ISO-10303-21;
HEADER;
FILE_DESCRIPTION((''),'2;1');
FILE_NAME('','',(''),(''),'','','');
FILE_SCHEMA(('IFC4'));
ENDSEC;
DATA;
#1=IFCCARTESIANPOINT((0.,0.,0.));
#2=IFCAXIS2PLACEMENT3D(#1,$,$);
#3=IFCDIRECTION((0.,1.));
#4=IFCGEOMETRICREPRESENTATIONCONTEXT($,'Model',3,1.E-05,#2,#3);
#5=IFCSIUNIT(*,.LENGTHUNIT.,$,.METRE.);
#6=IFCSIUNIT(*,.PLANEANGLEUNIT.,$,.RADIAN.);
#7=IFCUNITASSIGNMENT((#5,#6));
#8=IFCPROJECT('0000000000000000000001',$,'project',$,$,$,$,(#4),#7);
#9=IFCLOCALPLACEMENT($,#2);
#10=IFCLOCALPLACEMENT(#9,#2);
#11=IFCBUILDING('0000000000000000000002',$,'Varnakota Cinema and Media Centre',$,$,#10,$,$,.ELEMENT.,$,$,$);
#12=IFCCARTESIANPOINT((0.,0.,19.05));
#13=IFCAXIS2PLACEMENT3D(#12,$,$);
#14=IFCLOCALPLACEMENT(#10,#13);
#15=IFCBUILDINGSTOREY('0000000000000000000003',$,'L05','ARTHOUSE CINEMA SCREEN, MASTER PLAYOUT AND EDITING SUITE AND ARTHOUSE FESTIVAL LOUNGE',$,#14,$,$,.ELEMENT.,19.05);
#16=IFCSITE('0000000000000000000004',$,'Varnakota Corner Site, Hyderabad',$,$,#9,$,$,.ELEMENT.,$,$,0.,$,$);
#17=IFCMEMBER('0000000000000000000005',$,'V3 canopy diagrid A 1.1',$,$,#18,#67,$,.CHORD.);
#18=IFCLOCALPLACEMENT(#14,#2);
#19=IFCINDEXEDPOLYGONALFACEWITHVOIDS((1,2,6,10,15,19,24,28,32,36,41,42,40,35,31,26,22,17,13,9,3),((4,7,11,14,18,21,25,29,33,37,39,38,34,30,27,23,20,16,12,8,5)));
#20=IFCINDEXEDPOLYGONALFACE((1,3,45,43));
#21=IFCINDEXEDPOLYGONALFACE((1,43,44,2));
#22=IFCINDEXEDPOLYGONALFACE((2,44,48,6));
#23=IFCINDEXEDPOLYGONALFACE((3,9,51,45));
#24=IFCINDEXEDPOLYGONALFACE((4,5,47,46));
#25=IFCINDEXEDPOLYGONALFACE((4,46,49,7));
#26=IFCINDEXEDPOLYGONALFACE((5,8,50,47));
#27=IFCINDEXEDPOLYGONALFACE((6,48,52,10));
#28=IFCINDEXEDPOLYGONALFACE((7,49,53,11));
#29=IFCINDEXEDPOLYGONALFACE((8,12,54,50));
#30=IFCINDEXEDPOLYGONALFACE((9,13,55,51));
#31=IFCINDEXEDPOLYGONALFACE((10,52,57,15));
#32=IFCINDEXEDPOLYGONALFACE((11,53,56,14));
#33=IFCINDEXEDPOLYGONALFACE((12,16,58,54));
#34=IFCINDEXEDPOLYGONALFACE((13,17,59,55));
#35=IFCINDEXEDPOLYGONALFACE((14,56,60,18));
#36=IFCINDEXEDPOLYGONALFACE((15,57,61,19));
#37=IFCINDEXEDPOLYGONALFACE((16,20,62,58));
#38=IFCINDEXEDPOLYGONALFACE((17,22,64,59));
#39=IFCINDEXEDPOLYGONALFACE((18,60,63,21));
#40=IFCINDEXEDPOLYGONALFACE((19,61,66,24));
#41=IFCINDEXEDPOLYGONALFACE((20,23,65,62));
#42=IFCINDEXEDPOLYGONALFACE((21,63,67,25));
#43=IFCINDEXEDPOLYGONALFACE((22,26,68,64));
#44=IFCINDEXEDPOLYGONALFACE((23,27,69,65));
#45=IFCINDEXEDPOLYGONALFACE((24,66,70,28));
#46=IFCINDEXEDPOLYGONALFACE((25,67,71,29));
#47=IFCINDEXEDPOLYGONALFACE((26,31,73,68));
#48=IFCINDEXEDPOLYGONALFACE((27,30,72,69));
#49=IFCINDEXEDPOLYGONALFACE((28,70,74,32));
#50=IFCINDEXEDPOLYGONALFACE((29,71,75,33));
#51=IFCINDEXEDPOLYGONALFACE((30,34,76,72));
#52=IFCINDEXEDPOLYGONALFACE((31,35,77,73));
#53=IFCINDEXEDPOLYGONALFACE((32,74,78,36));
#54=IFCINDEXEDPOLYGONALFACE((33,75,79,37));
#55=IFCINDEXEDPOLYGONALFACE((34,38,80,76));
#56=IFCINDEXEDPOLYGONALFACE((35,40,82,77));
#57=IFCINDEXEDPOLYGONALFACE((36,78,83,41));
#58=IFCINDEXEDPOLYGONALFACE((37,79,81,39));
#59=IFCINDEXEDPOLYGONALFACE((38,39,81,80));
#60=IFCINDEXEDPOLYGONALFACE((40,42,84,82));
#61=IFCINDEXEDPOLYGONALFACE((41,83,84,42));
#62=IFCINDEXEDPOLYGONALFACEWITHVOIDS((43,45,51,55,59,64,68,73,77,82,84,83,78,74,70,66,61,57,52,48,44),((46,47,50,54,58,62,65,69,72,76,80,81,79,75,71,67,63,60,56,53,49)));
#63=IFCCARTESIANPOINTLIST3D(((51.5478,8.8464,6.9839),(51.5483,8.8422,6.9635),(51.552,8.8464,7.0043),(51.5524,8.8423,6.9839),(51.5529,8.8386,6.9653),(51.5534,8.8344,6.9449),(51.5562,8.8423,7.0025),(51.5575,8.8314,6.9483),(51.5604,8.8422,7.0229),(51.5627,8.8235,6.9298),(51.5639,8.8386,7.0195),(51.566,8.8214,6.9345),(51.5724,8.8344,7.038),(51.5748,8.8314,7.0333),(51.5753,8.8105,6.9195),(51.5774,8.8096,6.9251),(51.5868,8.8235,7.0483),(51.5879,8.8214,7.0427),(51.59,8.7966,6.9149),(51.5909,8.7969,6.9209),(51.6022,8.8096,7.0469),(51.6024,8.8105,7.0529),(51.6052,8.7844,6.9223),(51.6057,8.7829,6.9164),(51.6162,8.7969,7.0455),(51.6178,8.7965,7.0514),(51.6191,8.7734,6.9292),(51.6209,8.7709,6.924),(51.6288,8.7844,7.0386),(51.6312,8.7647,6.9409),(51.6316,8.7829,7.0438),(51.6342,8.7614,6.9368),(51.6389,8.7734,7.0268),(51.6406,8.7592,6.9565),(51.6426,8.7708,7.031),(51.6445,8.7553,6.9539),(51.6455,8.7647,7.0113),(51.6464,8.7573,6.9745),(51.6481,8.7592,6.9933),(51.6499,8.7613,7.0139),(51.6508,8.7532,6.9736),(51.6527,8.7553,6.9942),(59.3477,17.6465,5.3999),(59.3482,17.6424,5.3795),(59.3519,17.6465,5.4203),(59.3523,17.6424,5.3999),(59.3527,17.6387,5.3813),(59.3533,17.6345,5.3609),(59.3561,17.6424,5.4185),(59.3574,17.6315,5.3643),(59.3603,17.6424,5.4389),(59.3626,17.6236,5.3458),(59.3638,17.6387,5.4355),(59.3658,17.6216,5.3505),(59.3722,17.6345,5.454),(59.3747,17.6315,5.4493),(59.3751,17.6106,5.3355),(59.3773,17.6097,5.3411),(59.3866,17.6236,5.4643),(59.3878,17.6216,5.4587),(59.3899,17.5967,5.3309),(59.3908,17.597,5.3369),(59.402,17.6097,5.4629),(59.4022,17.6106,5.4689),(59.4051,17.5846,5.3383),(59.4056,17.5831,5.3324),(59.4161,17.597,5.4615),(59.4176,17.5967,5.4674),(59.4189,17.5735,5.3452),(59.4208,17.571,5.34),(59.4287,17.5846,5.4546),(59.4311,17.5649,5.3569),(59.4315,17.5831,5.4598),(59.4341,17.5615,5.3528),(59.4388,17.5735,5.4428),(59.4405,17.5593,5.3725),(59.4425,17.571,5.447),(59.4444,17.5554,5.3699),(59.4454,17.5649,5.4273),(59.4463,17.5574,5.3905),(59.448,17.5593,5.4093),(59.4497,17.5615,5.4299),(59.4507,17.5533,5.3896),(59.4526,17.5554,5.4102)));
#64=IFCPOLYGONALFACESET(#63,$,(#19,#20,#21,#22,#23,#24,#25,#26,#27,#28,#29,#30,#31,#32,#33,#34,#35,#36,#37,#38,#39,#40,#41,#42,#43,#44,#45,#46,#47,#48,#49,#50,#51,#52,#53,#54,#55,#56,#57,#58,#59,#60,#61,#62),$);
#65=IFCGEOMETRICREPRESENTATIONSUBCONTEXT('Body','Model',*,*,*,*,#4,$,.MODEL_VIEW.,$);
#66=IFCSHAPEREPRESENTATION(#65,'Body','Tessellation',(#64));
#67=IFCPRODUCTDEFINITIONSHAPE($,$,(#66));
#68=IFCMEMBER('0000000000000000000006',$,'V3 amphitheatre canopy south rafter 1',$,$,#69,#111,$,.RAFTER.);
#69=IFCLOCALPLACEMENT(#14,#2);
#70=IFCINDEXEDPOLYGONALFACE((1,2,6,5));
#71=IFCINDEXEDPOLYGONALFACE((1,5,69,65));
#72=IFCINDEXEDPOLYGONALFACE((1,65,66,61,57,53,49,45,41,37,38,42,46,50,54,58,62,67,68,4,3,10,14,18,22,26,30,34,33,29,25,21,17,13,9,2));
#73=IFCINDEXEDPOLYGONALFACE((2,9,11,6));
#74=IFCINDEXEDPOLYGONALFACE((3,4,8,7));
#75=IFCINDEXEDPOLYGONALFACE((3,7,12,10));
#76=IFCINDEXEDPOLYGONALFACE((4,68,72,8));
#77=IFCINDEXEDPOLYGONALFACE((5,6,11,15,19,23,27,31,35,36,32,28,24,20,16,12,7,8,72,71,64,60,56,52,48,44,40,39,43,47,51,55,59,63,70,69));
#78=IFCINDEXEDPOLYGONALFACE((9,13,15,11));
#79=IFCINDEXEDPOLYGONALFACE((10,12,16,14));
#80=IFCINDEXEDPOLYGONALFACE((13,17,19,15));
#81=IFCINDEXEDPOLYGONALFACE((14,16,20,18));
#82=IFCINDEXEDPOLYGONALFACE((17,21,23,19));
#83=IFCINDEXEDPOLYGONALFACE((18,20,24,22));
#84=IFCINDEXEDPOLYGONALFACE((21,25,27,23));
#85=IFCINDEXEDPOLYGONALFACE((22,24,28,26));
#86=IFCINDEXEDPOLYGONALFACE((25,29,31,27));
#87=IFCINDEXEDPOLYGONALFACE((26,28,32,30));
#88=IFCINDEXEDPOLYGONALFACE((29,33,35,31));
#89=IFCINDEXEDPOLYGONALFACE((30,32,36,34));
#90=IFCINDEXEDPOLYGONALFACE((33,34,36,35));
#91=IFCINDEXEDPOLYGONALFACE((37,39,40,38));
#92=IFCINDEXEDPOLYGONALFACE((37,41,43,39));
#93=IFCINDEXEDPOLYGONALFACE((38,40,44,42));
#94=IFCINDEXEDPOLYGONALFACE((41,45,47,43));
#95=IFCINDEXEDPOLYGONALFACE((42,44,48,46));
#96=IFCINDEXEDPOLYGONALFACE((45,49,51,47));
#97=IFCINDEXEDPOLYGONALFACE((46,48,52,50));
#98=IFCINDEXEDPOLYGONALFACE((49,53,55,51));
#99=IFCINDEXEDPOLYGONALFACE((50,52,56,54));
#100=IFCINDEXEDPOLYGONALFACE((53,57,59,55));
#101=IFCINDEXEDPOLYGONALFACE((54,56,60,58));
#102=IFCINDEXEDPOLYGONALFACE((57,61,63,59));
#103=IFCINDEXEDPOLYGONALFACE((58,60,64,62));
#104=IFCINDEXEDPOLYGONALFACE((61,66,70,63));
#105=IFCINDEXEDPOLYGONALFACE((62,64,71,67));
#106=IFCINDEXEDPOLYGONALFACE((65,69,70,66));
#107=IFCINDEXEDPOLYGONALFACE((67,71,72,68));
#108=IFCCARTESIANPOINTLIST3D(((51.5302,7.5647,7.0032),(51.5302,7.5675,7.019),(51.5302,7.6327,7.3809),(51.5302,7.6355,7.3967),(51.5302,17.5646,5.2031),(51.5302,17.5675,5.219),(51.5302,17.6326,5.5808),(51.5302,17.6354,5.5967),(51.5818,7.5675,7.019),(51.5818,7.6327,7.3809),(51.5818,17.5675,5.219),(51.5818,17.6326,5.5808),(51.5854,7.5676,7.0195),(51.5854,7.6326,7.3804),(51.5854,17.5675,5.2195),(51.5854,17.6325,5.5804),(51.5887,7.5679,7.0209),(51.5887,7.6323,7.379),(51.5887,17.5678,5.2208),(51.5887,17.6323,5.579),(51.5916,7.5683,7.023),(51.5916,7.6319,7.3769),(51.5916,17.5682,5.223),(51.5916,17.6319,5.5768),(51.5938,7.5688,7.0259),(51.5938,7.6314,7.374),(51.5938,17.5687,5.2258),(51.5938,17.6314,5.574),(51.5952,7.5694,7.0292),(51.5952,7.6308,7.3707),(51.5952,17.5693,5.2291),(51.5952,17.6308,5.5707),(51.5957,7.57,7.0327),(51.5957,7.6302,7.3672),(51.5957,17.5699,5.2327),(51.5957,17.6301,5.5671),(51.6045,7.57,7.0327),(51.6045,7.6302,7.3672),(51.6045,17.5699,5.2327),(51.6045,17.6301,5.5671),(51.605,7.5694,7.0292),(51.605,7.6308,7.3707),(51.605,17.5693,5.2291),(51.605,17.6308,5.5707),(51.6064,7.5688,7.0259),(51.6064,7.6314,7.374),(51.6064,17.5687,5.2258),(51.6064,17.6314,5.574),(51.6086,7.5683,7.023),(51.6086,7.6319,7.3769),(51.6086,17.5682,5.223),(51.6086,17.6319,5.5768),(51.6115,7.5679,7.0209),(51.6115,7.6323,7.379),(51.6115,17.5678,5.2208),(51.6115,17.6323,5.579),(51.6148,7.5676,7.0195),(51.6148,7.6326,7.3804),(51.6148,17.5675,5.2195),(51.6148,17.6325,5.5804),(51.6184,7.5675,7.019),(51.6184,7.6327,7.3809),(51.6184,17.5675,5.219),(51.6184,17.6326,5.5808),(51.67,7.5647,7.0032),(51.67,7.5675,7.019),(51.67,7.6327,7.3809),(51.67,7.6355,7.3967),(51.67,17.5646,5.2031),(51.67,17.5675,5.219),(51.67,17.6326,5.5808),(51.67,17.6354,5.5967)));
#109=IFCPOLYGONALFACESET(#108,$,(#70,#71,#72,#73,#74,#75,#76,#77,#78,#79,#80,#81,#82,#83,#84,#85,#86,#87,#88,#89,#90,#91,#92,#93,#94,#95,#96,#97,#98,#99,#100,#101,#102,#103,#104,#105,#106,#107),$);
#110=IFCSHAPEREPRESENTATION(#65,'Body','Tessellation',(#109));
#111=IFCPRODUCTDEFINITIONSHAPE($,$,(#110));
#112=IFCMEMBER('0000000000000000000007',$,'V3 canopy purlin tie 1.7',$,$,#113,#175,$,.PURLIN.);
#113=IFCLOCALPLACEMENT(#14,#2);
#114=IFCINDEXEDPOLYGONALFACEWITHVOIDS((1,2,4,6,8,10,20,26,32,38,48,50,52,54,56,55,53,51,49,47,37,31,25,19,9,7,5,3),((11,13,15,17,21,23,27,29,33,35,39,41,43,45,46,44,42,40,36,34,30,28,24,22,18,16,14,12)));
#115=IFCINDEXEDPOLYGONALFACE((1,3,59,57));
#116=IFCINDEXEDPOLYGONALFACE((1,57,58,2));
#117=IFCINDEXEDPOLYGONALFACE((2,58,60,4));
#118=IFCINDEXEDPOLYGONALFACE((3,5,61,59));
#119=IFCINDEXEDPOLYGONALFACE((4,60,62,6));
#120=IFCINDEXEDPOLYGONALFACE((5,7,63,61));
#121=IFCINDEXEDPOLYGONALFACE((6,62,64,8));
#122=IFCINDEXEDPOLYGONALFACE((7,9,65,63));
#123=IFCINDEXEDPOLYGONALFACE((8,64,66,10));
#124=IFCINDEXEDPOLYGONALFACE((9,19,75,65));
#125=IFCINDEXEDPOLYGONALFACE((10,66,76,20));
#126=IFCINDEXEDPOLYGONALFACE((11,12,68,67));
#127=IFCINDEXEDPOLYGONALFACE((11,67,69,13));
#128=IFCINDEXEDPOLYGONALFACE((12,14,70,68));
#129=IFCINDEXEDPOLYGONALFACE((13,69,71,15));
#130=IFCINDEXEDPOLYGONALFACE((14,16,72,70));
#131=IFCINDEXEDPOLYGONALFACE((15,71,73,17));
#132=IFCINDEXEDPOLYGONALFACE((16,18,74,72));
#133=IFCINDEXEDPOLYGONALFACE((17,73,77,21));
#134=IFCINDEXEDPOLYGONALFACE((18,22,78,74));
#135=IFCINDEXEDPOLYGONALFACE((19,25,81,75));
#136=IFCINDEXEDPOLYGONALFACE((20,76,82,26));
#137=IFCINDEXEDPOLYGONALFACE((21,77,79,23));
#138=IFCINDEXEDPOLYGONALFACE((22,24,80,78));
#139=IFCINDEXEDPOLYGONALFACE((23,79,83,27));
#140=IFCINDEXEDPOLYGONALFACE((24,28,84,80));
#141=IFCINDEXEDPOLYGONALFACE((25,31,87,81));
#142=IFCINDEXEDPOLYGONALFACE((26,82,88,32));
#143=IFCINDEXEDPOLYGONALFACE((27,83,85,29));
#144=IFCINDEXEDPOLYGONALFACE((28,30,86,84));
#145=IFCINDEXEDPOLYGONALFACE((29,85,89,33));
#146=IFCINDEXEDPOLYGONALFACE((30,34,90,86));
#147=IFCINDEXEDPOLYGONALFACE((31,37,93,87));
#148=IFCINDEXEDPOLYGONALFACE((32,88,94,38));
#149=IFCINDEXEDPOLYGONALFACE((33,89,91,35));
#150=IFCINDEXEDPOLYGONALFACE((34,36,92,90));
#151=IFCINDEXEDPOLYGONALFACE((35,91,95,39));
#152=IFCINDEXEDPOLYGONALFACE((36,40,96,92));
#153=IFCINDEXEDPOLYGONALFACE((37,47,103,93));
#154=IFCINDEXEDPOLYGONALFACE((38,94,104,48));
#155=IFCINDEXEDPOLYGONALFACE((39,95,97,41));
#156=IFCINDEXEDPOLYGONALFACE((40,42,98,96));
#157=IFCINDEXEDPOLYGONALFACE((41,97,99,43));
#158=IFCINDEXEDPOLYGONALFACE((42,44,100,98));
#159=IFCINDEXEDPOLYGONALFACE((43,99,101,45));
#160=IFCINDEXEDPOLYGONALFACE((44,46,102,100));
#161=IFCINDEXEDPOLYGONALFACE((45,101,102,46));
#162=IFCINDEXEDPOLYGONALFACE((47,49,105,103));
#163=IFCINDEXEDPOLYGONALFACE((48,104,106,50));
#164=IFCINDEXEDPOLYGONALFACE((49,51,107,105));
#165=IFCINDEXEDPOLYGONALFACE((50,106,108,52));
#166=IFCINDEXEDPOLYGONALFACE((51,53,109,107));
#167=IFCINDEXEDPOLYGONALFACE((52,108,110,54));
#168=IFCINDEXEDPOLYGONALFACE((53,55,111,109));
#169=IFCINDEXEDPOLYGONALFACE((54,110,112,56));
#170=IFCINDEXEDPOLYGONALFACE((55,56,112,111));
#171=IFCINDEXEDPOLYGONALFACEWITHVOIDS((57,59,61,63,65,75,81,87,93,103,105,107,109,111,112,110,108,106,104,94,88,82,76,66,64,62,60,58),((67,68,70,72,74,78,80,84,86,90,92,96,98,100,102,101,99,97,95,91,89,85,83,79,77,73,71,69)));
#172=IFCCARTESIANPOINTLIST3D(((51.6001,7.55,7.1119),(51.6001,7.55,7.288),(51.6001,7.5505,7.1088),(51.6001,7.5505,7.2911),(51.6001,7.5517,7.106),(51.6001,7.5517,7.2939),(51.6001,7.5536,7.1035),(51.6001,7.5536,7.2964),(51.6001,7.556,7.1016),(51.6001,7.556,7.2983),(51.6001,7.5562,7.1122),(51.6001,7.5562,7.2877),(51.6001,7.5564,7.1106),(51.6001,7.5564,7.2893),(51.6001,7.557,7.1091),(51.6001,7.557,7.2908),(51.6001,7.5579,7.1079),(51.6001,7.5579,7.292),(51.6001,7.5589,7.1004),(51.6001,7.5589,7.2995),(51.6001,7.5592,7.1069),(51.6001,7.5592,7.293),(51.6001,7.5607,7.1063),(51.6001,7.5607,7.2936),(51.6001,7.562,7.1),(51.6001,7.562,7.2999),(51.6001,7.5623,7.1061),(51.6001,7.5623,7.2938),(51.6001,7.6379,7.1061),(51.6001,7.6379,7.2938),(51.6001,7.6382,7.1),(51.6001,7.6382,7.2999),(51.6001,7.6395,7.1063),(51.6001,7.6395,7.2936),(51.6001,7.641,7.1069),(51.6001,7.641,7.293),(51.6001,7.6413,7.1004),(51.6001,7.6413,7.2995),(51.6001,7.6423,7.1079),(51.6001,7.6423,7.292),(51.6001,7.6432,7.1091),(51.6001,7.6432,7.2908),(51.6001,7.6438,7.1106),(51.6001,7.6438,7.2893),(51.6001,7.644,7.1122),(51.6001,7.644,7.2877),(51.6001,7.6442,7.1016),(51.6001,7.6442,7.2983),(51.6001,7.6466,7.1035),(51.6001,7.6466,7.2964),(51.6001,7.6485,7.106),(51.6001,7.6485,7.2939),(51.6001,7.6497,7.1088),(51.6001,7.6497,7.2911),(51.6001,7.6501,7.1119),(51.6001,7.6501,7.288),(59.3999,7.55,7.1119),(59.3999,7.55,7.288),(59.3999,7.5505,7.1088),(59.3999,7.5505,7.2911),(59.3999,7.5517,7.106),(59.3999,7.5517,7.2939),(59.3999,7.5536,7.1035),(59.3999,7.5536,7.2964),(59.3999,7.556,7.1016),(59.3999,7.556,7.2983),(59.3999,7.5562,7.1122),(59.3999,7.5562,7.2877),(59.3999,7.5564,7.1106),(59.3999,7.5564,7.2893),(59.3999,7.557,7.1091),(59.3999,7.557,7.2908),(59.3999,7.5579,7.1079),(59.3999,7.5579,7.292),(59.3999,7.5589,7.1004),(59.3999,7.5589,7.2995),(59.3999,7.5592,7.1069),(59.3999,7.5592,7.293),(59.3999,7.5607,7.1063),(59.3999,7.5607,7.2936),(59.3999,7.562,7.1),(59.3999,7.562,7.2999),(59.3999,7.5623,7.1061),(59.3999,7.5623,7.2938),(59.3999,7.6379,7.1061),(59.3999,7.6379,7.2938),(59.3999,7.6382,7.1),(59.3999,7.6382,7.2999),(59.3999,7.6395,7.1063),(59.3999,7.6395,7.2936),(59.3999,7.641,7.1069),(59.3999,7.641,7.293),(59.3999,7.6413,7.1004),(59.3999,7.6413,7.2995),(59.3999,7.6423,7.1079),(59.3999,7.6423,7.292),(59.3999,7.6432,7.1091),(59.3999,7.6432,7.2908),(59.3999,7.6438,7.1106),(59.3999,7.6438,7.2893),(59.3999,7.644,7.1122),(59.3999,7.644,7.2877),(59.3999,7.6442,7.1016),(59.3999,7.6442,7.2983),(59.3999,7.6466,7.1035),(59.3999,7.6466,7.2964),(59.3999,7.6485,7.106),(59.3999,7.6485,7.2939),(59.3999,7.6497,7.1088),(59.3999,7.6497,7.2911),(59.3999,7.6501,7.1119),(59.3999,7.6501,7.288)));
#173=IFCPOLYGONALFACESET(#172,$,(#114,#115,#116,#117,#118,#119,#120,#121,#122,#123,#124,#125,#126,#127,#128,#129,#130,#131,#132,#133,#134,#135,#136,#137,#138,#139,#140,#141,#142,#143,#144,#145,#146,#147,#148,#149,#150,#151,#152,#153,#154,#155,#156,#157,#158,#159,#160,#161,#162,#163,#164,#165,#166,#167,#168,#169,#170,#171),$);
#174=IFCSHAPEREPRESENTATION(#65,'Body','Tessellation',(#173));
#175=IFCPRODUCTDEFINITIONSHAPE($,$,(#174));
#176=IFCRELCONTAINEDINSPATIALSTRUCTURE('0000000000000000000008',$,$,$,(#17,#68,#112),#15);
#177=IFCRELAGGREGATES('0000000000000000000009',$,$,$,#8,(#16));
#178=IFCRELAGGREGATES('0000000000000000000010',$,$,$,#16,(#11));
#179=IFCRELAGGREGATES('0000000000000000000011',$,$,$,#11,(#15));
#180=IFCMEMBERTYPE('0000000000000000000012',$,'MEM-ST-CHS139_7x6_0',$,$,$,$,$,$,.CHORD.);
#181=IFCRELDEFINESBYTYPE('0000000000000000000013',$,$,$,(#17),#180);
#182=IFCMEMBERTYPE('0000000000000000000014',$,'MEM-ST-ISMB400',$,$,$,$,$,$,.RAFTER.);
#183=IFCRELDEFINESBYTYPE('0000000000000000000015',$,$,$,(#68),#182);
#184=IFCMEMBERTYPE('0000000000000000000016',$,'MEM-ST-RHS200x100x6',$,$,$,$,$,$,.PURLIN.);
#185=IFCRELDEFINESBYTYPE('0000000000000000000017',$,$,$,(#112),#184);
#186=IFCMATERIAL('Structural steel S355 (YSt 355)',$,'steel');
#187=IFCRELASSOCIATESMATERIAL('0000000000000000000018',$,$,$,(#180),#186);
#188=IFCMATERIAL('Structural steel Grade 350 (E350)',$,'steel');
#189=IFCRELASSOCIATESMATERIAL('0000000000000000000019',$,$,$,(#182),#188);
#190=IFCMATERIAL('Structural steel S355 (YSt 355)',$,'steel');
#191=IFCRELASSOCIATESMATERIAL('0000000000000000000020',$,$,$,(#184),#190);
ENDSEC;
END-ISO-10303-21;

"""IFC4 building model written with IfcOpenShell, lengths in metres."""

from ifc_helpers import new_model, si_unit, direction, frame, origin, origin_2d, place, context, subcontext, project, spatial, hollow_rectangle, hollow_circle, i_section, extrude, material, material_profile, profile_set, type_object, element, save


model = new_model("IFC4")

# Units and contexts
model_context = context("Model", 3, precision=1e-05, world=origin(), true_north=direction((0.0, 1.0)))
body_context = subcontext(model_context, "Body", "Model", "MODEL_VIEW")
ifc_project = project(units=[si_unit("LENGTHUNIT", "METRE"), si_unit("PLANEANGLEUNIT", "RADIAN")], contexts=[model_context])

# Site, building, storey
site_placement = place(None, origin())
site = spatial("IfcSite", under=ifc_project, at=site_placement, Name="Varnakota Corner Site, Hyderabad", CompositionType="ELEMENT", RefElevation=0.0)
building_placement = place(site_placement, origin())
building = spatial("IfcBuilding", under=site, at=building_placement, Name="Varnakota Cinema and Media Centre", CompositionType="ELEMENT")
storey_placement = place(building_placement, frame((0.0, 0.0, 19.05)))
storey = spatial("IfcBuildingStorey", under=building, at=storey_placement, Name="L05", Description="ARTHOUSE CINEMA SCREEN, MASTER PLAYOUT AND EDITING SUITE AND ARTHOUSE FESTIVAL LOUNGE", CompositionType="ELEMENT", Elevation=19.05)

# Members
ifc_material_1 = material(Name="Structural steel S355 (YSt 355)", Category="steel")
ifc_material_profile_1 = material_profile(ifc_material_1, hollow_circle(Radius=0.0698, WallThickness=0.0061, at=origin_2d()), Name="CHS 139.7x6.0")
ifc_profile_set_1 = profile_set([ifc_material_profile_1], Name="Structural steel S355 (YSt 355)")
member_type_1 = type_object("IfcMemberType", Name="MEM-ST-CHS139_7x6_0", PredefinedType="CHORD", material=ifc_profile_set_1)
member_1_placement = place(storey_placement, frame((51.6001, 8.8, 6.9839), z_axis=(0.657359, 0.741659, -0.133497), x_axis=(-0.748357, 0.663296, 0.0)))
element("IfcMember", 1, at=member_1_placement, inside=storey, type_object=member_type_1, Name="V3 canopy diagrid A 1.1", PredefinedType="CHORD", context=body_context, shape_type="SweptSolid", body=[
    extrude(hollow_circle(Radius=0.0698, WallThickness=0.0061, at=origin_2d()), origin(), (0.0, 0.0, 1.0), 11.8655),
])
ifc_material_2 = material(Name="Structural steel Grade 350 (E350)", Category="steel")
ifc_material_profile_2 = material_profile(ifc_material_2, i_section(OverallWidth=0.1399, OverallDepth=0.3999, WebThickness=0.0088, FlangeThickness=0.0161, FilletRadius=0.0139, at=origin_2d()), Name="ISMB 400")
ifc_profile_set_2 = profile_set([ifc_material_profile_2], Name="Structural steel Grade 350 (E350)")
member_type_2 = type_object("IfcMemberType", Name="MEM-ST-ISMB400", PredefinedType="RAFTER", material=ifc_profile_set_2)
member_2_placement = place(storey_placement, frame((51.6001, 7.6001, 7.2), z_axis=(0.0, 0.984182, -0.177158), x_axis=(-1.0, 0.0, 0.0)))
element("IfcMember", 2, at=member_2_placement, inside=storey, type_object=member_type_2, Name="V3 amphitheatre canopy south rafter 1", PredefinedType="RAFTER", context=body_context, shape_type="SweptSolid", body=[
    extrude(i_section(OverallWidth=0.1399, OverallDepth=0.3999, WebThickness=0.0088, FlangeThickness=0.0161, FilletRadius=0.0139, at=origin_2d()), origin(), (0.0, 0.0, 1.0), 10.1606),
])
ifc_material_3 = material(Name="Structural steel S355 (YSt 355)", Category="steel")
ifc_material_profile_3 = material_profile(ifc_material_3, hollow_rectangle(XDim=0.1001, YDim=0.2, WallThickness=0.0061, InnerFilletRadius=0.0061, OuterFilletRadius=0.012, at=origin_2d()), Name="RHS 200x100x6")
ifc_profile_set_3 = profile_set([ifc_material_profile_3], Name="Structural steel S355 (YSt 355)")
member_type_3 = type_object("IfcMemberType", Name="MEM-ST-RHS200x100x6", PredefinedType="PURLIN", material=ifc_profile_set_3)
for number, where, z_axis, x_axis, name in (
    (3, (51.6001, 7.6001, 7.2), (1.0, 0.0, 0.0), (0.0, 1.0, 0.0), "V3 canopy purlin tie 1.7"),
):
    element("IfcMember", number, at=place(storey_placement, frame(where, z_axis=z_axis, x_axis=x_axis)), inside=storey, type_object=member_type_3, Name=name, PredefinedType="PURLIN", context=body_context, shape_type="SweptSolid", body=[
        extrude(hollow_rectangle(XDim=0.1001, YDim=0.2, WallThickness=0.0061, InnerFilletRadius=0.0061, OuterFilletRadius=0.012, at=origin_2d()), origin(), (0.0, 0.0, 1.0), 7.7998),
    ])

save(model, "model.ifc")
